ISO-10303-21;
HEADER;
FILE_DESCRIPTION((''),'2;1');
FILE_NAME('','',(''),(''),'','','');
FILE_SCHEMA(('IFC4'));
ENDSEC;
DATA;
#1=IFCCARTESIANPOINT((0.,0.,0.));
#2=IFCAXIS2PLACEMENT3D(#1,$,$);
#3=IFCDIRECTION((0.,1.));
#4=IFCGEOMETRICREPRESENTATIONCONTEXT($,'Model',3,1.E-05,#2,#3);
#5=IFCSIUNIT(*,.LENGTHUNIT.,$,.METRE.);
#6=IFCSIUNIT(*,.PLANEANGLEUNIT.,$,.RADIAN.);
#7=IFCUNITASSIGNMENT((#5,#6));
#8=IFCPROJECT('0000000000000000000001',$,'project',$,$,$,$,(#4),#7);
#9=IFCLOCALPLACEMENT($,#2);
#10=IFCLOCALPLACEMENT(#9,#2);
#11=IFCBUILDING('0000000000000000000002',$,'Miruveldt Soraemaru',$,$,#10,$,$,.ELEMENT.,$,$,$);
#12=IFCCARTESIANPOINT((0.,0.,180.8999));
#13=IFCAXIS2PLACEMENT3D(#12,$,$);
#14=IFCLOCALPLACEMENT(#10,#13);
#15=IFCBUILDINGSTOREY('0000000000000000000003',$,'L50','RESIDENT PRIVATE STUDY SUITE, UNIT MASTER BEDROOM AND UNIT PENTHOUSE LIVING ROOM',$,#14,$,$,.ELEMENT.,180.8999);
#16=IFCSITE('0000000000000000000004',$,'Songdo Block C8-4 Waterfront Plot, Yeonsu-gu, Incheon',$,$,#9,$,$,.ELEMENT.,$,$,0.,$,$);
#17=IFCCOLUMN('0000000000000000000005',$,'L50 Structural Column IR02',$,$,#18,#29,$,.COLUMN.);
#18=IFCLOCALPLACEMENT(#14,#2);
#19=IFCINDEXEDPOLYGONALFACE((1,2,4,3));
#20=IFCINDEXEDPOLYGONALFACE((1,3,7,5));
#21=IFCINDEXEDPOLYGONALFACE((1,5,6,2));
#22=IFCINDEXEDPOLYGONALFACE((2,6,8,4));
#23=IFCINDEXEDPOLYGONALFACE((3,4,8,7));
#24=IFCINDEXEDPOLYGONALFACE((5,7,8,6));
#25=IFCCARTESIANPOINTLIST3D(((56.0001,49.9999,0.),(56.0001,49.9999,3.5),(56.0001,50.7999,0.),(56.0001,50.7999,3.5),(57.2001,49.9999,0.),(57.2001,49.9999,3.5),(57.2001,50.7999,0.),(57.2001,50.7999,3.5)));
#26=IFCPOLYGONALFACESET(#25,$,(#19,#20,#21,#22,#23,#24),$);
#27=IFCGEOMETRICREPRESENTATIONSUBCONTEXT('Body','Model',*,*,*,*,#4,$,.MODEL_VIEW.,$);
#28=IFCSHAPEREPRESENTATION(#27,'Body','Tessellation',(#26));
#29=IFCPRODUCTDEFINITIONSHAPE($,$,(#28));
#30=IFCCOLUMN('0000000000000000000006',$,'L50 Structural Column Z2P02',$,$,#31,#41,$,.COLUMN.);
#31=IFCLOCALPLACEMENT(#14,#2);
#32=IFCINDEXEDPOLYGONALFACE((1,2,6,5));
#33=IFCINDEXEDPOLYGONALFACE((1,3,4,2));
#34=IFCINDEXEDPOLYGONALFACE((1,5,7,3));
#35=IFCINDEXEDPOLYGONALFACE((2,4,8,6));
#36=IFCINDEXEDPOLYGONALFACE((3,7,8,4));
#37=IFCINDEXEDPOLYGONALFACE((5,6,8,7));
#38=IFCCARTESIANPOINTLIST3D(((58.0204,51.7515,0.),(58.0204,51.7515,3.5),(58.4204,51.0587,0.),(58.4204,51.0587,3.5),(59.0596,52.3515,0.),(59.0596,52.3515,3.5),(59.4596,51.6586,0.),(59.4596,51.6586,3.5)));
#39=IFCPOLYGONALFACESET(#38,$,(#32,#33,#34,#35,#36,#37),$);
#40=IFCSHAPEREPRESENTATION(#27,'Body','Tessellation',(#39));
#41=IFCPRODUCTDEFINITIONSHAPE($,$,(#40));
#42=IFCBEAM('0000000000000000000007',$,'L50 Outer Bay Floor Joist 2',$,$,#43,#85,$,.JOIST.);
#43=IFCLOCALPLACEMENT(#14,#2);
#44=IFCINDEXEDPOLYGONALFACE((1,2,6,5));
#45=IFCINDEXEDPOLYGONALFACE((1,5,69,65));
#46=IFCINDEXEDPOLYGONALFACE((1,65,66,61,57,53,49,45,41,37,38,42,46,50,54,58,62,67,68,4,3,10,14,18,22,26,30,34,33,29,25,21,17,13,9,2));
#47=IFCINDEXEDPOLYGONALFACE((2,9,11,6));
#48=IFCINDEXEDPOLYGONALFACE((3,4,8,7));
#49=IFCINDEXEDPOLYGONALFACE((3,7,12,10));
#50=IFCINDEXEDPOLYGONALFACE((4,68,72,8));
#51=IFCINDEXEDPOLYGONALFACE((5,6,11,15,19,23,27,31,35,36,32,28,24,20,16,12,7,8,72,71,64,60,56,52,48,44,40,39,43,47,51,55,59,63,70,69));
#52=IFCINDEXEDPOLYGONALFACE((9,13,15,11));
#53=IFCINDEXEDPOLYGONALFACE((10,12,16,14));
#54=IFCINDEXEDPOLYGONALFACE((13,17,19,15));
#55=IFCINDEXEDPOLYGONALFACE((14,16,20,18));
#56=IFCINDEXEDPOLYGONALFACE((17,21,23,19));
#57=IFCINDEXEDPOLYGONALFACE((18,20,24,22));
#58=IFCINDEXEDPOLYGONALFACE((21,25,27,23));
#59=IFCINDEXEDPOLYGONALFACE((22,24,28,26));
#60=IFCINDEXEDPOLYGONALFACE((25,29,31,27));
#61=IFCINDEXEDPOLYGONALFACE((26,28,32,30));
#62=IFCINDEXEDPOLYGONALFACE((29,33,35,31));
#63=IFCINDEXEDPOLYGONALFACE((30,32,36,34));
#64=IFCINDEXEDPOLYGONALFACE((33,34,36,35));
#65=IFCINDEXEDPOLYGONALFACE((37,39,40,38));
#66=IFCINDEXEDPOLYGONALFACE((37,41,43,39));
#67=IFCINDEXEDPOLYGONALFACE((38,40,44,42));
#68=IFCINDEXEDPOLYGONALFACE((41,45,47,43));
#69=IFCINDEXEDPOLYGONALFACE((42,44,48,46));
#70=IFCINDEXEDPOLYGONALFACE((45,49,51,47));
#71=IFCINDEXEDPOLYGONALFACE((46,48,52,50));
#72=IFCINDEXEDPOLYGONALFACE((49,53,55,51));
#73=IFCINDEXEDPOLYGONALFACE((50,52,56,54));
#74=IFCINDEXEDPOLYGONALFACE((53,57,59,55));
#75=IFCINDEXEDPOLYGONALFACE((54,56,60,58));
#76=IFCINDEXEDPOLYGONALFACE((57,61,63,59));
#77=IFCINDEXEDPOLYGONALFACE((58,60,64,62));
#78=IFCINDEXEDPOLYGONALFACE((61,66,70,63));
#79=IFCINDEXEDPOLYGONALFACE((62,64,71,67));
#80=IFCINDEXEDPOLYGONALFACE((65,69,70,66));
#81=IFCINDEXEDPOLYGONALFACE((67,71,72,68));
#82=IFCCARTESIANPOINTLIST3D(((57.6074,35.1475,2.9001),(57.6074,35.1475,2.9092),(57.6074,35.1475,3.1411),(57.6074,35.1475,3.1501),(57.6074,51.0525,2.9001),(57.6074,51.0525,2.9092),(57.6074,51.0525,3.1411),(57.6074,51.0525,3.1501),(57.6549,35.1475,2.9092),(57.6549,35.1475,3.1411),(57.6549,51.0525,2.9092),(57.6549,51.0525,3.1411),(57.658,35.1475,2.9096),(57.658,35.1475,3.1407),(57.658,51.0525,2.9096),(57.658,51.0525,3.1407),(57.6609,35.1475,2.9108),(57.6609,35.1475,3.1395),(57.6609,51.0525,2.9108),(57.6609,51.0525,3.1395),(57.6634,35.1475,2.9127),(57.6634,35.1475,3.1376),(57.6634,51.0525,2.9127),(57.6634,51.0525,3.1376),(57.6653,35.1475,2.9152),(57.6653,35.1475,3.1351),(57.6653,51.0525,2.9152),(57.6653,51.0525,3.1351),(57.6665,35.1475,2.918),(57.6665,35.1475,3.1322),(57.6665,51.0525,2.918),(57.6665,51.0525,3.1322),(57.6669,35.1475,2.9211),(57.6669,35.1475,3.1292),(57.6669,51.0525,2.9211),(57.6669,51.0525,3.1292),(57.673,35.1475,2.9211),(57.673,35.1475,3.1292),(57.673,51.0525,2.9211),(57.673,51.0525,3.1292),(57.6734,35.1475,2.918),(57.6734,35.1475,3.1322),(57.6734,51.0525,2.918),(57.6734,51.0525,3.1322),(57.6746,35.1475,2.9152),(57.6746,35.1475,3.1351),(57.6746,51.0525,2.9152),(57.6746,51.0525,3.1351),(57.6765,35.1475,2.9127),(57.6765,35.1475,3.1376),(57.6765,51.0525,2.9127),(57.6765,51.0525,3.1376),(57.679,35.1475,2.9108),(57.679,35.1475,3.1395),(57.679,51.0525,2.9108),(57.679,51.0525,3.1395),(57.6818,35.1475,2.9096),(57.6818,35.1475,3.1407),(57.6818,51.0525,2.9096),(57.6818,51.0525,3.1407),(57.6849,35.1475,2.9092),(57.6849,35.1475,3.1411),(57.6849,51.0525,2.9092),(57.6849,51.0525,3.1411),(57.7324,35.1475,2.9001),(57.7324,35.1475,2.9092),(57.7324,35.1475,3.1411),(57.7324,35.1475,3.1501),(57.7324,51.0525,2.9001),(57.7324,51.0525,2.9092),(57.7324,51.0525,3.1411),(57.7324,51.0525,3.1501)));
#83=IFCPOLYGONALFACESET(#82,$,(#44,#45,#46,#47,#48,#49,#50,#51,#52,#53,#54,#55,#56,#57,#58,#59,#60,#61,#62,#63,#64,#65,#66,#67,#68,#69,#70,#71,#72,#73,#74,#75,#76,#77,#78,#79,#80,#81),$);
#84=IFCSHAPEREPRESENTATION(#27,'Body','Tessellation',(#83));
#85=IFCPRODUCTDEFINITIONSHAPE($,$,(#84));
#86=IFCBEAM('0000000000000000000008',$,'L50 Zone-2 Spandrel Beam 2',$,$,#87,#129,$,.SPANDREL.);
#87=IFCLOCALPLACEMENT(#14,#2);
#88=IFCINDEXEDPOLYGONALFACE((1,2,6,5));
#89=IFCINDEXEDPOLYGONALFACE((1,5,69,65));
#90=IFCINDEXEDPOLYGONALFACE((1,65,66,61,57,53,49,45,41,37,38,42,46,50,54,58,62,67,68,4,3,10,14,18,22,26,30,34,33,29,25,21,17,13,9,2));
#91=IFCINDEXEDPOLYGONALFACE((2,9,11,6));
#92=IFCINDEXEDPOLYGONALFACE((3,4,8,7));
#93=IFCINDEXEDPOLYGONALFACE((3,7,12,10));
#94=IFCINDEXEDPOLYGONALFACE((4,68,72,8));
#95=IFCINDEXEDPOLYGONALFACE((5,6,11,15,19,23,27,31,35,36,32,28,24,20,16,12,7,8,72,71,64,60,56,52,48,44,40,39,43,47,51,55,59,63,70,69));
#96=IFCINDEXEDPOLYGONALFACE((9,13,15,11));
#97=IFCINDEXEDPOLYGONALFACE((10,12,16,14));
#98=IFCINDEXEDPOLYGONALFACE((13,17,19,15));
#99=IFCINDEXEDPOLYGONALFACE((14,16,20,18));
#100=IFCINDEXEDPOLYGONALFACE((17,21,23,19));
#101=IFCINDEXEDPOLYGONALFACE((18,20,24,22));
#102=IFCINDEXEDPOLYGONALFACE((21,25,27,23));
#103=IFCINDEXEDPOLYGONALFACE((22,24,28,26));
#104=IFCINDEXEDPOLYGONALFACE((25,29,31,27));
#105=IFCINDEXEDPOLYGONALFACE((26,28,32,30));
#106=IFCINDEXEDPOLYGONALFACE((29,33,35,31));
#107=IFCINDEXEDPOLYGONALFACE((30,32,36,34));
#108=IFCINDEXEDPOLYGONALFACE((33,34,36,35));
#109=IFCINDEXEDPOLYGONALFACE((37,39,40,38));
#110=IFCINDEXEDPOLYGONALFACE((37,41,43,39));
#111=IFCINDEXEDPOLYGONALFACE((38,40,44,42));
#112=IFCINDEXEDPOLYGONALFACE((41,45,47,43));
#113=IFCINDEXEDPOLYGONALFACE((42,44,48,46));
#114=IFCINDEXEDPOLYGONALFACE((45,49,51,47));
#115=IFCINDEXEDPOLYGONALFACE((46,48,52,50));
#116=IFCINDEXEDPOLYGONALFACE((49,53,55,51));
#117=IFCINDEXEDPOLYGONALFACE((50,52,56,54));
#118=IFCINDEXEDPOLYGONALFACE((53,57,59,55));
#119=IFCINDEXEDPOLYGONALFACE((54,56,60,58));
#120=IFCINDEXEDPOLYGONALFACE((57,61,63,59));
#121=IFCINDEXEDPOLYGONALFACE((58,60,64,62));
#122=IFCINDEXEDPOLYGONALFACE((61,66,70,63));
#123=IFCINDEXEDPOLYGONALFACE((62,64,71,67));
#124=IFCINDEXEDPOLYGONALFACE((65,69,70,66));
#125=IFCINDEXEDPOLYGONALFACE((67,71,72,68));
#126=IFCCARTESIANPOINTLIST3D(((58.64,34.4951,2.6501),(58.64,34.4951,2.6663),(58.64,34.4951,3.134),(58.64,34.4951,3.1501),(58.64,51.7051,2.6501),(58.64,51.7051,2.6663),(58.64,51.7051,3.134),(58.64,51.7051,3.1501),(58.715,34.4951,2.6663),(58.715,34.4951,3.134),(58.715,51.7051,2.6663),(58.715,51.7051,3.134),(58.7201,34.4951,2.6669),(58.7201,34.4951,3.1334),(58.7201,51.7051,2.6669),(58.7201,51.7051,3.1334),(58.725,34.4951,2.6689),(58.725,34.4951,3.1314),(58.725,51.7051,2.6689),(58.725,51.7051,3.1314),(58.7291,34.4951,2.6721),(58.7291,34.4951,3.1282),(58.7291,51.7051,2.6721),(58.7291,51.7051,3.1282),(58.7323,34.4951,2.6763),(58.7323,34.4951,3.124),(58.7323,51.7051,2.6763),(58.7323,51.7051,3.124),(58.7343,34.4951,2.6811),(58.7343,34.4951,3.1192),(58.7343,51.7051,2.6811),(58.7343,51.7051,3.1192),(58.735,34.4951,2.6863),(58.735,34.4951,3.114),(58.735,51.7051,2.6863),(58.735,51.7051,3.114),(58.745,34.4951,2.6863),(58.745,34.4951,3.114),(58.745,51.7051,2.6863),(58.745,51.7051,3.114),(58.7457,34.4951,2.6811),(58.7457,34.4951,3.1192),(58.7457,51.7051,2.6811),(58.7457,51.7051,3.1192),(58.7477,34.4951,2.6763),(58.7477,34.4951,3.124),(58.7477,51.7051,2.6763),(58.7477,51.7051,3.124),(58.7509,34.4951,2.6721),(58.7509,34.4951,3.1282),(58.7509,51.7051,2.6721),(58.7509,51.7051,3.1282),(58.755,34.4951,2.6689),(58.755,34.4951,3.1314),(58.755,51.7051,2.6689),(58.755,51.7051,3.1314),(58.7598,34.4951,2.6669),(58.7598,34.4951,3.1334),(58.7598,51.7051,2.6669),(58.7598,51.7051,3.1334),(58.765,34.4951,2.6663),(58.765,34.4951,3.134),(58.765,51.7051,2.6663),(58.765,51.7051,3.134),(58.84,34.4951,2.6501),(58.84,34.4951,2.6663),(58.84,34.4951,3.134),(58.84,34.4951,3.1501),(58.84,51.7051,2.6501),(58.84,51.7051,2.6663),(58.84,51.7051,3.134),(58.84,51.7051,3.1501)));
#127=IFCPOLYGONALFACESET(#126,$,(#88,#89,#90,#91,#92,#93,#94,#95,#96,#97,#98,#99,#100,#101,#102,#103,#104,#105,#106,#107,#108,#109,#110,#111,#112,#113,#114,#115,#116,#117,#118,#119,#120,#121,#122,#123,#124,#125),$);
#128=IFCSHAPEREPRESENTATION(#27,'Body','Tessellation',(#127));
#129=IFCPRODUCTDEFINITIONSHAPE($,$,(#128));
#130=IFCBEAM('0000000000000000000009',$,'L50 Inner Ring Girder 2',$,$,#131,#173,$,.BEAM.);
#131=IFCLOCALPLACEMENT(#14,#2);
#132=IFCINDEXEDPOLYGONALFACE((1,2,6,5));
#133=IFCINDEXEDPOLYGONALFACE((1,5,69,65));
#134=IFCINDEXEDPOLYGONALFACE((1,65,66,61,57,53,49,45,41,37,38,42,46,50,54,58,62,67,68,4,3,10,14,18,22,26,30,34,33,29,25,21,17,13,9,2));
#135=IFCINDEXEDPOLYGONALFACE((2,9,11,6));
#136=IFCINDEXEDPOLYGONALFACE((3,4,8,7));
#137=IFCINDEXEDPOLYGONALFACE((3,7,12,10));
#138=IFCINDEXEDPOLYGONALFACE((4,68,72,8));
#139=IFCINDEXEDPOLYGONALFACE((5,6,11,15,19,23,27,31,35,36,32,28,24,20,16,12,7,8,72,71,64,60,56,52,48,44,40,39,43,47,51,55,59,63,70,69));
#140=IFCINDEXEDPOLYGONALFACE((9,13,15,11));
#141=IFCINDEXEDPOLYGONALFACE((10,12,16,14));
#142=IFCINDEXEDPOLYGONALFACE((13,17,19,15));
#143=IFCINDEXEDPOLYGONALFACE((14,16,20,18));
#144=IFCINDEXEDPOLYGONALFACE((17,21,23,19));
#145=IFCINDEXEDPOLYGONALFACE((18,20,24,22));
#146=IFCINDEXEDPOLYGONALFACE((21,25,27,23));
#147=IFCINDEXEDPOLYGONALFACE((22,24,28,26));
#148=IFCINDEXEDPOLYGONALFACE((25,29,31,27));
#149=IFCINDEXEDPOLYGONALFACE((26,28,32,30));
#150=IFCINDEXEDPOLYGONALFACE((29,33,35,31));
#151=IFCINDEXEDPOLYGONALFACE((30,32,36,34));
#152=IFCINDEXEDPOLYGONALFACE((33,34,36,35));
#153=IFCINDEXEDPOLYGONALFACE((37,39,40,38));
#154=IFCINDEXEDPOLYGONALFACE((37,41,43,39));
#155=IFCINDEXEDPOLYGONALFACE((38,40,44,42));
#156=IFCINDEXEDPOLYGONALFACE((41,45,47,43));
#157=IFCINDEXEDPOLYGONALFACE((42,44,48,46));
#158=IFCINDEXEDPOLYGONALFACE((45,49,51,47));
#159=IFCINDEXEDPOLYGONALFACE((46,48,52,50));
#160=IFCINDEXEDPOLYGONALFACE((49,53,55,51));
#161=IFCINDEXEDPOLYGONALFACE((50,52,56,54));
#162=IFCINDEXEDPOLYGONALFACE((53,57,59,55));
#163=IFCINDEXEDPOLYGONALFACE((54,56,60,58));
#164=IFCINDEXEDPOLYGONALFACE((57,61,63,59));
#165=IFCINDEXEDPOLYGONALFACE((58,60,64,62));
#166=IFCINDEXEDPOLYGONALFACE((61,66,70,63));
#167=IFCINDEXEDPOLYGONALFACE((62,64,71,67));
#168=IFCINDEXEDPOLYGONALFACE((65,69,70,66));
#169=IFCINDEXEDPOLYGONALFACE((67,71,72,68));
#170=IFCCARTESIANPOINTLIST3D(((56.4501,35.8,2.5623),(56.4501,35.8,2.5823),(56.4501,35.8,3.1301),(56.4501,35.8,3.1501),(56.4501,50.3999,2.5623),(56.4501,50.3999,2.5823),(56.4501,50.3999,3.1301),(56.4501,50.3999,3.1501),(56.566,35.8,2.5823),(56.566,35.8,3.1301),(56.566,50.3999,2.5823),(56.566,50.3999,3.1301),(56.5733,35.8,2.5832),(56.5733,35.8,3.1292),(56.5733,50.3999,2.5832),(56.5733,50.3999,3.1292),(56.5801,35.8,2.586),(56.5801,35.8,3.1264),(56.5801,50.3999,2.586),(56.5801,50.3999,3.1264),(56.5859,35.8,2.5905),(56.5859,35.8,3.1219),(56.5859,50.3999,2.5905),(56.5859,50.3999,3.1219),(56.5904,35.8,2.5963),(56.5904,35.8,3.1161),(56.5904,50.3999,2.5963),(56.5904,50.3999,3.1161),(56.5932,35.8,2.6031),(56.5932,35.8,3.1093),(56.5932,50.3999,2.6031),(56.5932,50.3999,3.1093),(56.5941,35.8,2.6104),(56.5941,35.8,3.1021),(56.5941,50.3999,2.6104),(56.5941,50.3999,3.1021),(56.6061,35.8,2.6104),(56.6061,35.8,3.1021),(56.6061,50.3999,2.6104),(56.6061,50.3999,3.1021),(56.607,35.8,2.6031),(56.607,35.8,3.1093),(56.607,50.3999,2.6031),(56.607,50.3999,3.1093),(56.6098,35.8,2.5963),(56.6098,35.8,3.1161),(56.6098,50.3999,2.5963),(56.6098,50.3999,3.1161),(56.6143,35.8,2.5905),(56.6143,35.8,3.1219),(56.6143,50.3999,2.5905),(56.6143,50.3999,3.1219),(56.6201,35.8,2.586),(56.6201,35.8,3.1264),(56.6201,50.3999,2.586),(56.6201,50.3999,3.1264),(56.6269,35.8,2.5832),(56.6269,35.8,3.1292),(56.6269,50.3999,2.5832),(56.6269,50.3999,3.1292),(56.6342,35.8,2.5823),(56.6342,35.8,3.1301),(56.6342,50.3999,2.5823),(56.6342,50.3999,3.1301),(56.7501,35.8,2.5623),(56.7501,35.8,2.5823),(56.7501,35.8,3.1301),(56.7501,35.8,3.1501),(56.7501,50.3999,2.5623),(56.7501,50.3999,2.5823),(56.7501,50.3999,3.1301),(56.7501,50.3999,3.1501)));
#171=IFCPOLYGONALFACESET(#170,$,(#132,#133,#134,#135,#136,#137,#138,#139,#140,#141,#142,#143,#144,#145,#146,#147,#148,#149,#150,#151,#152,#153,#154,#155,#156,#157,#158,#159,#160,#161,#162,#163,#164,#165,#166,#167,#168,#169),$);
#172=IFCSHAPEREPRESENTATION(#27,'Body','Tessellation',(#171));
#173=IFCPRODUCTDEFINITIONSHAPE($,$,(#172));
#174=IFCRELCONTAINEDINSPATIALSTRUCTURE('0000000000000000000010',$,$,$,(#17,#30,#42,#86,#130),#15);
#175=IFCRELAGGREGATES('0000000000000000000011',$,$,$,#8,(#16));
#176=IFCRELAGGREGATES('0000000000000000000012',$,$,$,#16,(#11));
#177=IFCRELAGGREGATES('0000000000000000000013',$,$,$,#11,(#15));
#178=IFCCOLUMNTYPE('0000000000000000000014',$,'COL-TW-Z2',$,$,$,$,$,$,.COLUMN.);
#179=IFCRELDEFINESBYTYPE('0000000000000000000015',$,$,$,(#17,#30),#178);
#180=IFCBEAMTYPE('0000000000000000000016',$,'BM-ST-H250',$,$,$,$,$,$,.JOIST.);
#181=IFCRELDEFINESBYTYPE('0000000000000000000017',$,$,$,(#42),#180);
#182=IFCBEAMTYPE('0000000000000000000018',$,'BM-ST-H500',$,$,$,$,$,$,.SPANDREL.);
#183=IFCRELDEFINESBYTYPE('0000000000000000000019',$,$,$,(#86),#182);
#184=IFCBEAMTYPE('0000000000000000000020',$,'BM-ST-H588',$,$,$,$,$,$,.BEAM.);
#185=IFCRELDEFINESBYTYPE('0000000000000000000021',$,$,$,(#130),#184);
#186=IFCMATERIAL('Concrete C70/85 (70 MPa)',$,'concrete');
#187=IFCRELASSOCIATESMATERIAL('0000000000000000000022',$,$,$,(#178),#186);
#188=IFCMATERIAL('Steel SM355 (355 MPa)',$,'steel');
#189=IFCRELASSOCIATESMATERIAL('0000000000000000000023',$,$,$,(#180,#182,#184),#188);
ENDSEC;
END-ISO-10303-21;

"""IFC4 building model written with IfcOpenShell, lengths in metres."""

from ifc_helpers import new_model, si_unit, direction, frame, origin, origin_2d, place, context, subcontext, project, spatial, rectangle, i_section, extrude, material, material_profile, profile_set, type_object, element, save


model = new_model("IFC4")

# Units and contexts
model_context = context("Model", 3, precision=1e-05, world=origin(), true_north=direction((0.0, 1.0)))
body_context = subcontext(model_context, "Body", "Model", "MODEL_VIEW")
ifc_project = project(units=[si_unit("LENGTHUNIT", "METRE"), si_unit("PLANEANGLEUNIT", "RADIAN")], contexts=[model_context])

# Site, building, storey
site_placement = place(None, origin())
site = spatial("IfcSite", under=ifc_project, at=site_placement, Name="Songdo Block C8-4 Waterfront Plot, Yeonsu-gu, Incheon", CompositionType="ELEMENT", RefElevation=0.0)
building_placement = place(site_placement, origin())
building = spatial("IfcBuilding", under=site, at=building_placement, Name="Miruveldt Soraemaru", CompositionType="ELEMENT")
storey_placement = place(building_placement, frame((0.0, 0.0, 180.8999)))
storey = spatial("IfcBuildingStorey", under=building, at=storey_placement, Name="L50", Description="RESIDENT PRIVATE STUDY SUITE, UNIT MASTER BEDROOM AND UNIT PENTHOUSE LIVING ROOM", CompositionType="ELEMENT", Elevation=180.8999)

# Columns
ifc_material_1 = material(Name="Concrete C70/85 (70 MPa)", Category="concrete")
ifc_material_profile_1 = material_profile(ifc_material_1, rectangle(XDim=1.2, YDim=0.8, at=origin_2d()), Name="Concrete C70/85 (70 MPa)", Category="concrete")
ifc_profile_set_1 = profile_set([ifc_material_profile_1], Name="Concrete C70/85 (70 MPa)")
column_type = type_object("IfcColumnType", Name="COL-TW-Z2", PredefinedType="COLUMN", material=ifc_profile_set_1)
for number, where, z_axis, x_axis, name in (
    (1, (56.6001, 50.3999, 0.0), (0.0, 0.0, 1.0), (1.0, 0.0, 0.0), "L50 Structural Column IR02"),
    (2, (58.74, 51.7051, 0.0), (0.0, 0.0, 1.0), (0.866025, 0.5, 0.0), "L50 Structural Column Z2P02"),
):
    element("IfcColumn", number, at=place(storey_placement, frame(where, z_axis=z_axis, x_axis=x_axis)), inside=storey, type_object=column_type, Name=name, PredefinedType="COLUMN", context=body_context, shape_type="SweptSolid", body=[
        extrude(rectangle(XDim=1.2, YDim=0.8, at=origin_2d()), origin(), (0.0, 0.0, 1.0), 3.5),
    ])

# Beams
ifc_material_2 = material(Name="Steel SM355 (355 MPa)", Category="steel")
ifc_material_profile_2 = material_profile(ifc_material_2, i_section(OverallWidth=0.125, OverallDepth=0.25, WebThickness=0.0061, FlangeThickness=0.009, FilletRadius=0.012, at=origin_2d()), Name="Steel SM355 (355 MPa)", Category="steel")
ifc_profile_set_2 = profile_set([ifc_material_profile_2], Name="Steel SM355 (355 MPa)")
beam_type_1 = type_object("IfcBeamType", Name="BM-ST-H250", PredefinedType="JOIST", material=ifc_profile_set_2)
beam_1_placement = place(storey_placement, frame((57.6699, 51.0525, 3.0251), z_axis=(0.0, -1.0, 0.0), x_axis=(1.0, 0.0, 0.0)))
element("IfcBeam", 3, at=beam_1_placement, inside=storey, type_object=beam_type_1, Name="L50 Outer Bay Floor Joist 2", PredefinedType="JOIST", context=body_context, shape_type="SweptSolid", body=[
    extrude(i_section(OverallWidth=0.125, OverallDepth=0.25, WebThickness=0.0061, FlangeThickness=0.009, FilletRadius=0.012, at=origin_2d()), origin(), (0.0, 0.0, 1.0), 15.905),
])
ifc_material_profile_3 = material_profile(ifc_material_2, i_section(OverallWidth=0.2, OverallDepth=0.5, WebThickness=0.01, FlangeThickness=0.0161, FilletRadius=0.02, at=origin_2d()), Name="Steel SM355 (355 MPa)", Category="steel")
ifc_profile_set_3 = profile_set([ifc_material_profile_3], Name="Steel SM355 (355 MPa)")
beam_type_2 = type_object("IfcBeamType", Name="BM-ST-H500", PredefinedType="SPANDREL", material=ifc_profile_set_3)
beam_2_placement = place(storey_placement, frame((58.74, 51.7051, 2.9001), z_axis=(0.0, -1.0, 0.0), x_axis=(1.0, 0.0, 0.0)))
element("IfcBeam", 4, at=beam_2_placement, inside=storey, type_object=beam_type_2, Name="L50 Zone-2 Spandrel Beam 2", PredefinedType="SPANDREL", context=body_context, shape_type="SweptSolid", body=[
    extrude(i_section(OverallWidth=0.2, OverallDepth=0.5, WebThickness=0.01, FlangeThickness=0.0161, FilletRadius=0.02, at=origin_2d()), origin(), (0.0, 0.0, 1.0), 17.21),
])
ifc_material_profile_4 = material_profile(ifc_material_2, i_section(OverallWidth=0.3, OverallDepth=0.5879, WebThickness=0.012, FlangeThickness=0.02, FilletRadius=0.0281, at=origin_2d()), Name="Steel SM355 (355 MPa)", Category="steel")
ifc_profile_set_4 = profile_set([ifc_material_profile_4], Name="Steel SM355 (355 MPa)")
beam_type_3 = type_object("IfcBeamType", Name="BM-ST-H588", PredefinedType="BEAM", material=ifc_profile_set_4)
beam_3_placement = place(storey_placement, frame((56.6001, 50.3999, 2.8562), z_axis=(0.0, -1.0, 0.0), x_axis=(1.0, 0.0, 0.0)))
element("IfcBeam", 5, at=beam_3_placement, inside=storey, type_object=beam_type_3, Name="L50 Inner Ring Girder 2", PredefinedType="BEAM", context=body_context, shape_type="SweptSolid", body=[
    extrude(i_section(OverallWidth=0.3, OverallDepth=0.5879, WebThickness=0.012, FlangeThickness=0.02, FilletRadius=0.0281, at=origin_2d()), origin(), (0.0, 0.0, 1.0), 14.5999),
])

save(model, "model.ifc")
